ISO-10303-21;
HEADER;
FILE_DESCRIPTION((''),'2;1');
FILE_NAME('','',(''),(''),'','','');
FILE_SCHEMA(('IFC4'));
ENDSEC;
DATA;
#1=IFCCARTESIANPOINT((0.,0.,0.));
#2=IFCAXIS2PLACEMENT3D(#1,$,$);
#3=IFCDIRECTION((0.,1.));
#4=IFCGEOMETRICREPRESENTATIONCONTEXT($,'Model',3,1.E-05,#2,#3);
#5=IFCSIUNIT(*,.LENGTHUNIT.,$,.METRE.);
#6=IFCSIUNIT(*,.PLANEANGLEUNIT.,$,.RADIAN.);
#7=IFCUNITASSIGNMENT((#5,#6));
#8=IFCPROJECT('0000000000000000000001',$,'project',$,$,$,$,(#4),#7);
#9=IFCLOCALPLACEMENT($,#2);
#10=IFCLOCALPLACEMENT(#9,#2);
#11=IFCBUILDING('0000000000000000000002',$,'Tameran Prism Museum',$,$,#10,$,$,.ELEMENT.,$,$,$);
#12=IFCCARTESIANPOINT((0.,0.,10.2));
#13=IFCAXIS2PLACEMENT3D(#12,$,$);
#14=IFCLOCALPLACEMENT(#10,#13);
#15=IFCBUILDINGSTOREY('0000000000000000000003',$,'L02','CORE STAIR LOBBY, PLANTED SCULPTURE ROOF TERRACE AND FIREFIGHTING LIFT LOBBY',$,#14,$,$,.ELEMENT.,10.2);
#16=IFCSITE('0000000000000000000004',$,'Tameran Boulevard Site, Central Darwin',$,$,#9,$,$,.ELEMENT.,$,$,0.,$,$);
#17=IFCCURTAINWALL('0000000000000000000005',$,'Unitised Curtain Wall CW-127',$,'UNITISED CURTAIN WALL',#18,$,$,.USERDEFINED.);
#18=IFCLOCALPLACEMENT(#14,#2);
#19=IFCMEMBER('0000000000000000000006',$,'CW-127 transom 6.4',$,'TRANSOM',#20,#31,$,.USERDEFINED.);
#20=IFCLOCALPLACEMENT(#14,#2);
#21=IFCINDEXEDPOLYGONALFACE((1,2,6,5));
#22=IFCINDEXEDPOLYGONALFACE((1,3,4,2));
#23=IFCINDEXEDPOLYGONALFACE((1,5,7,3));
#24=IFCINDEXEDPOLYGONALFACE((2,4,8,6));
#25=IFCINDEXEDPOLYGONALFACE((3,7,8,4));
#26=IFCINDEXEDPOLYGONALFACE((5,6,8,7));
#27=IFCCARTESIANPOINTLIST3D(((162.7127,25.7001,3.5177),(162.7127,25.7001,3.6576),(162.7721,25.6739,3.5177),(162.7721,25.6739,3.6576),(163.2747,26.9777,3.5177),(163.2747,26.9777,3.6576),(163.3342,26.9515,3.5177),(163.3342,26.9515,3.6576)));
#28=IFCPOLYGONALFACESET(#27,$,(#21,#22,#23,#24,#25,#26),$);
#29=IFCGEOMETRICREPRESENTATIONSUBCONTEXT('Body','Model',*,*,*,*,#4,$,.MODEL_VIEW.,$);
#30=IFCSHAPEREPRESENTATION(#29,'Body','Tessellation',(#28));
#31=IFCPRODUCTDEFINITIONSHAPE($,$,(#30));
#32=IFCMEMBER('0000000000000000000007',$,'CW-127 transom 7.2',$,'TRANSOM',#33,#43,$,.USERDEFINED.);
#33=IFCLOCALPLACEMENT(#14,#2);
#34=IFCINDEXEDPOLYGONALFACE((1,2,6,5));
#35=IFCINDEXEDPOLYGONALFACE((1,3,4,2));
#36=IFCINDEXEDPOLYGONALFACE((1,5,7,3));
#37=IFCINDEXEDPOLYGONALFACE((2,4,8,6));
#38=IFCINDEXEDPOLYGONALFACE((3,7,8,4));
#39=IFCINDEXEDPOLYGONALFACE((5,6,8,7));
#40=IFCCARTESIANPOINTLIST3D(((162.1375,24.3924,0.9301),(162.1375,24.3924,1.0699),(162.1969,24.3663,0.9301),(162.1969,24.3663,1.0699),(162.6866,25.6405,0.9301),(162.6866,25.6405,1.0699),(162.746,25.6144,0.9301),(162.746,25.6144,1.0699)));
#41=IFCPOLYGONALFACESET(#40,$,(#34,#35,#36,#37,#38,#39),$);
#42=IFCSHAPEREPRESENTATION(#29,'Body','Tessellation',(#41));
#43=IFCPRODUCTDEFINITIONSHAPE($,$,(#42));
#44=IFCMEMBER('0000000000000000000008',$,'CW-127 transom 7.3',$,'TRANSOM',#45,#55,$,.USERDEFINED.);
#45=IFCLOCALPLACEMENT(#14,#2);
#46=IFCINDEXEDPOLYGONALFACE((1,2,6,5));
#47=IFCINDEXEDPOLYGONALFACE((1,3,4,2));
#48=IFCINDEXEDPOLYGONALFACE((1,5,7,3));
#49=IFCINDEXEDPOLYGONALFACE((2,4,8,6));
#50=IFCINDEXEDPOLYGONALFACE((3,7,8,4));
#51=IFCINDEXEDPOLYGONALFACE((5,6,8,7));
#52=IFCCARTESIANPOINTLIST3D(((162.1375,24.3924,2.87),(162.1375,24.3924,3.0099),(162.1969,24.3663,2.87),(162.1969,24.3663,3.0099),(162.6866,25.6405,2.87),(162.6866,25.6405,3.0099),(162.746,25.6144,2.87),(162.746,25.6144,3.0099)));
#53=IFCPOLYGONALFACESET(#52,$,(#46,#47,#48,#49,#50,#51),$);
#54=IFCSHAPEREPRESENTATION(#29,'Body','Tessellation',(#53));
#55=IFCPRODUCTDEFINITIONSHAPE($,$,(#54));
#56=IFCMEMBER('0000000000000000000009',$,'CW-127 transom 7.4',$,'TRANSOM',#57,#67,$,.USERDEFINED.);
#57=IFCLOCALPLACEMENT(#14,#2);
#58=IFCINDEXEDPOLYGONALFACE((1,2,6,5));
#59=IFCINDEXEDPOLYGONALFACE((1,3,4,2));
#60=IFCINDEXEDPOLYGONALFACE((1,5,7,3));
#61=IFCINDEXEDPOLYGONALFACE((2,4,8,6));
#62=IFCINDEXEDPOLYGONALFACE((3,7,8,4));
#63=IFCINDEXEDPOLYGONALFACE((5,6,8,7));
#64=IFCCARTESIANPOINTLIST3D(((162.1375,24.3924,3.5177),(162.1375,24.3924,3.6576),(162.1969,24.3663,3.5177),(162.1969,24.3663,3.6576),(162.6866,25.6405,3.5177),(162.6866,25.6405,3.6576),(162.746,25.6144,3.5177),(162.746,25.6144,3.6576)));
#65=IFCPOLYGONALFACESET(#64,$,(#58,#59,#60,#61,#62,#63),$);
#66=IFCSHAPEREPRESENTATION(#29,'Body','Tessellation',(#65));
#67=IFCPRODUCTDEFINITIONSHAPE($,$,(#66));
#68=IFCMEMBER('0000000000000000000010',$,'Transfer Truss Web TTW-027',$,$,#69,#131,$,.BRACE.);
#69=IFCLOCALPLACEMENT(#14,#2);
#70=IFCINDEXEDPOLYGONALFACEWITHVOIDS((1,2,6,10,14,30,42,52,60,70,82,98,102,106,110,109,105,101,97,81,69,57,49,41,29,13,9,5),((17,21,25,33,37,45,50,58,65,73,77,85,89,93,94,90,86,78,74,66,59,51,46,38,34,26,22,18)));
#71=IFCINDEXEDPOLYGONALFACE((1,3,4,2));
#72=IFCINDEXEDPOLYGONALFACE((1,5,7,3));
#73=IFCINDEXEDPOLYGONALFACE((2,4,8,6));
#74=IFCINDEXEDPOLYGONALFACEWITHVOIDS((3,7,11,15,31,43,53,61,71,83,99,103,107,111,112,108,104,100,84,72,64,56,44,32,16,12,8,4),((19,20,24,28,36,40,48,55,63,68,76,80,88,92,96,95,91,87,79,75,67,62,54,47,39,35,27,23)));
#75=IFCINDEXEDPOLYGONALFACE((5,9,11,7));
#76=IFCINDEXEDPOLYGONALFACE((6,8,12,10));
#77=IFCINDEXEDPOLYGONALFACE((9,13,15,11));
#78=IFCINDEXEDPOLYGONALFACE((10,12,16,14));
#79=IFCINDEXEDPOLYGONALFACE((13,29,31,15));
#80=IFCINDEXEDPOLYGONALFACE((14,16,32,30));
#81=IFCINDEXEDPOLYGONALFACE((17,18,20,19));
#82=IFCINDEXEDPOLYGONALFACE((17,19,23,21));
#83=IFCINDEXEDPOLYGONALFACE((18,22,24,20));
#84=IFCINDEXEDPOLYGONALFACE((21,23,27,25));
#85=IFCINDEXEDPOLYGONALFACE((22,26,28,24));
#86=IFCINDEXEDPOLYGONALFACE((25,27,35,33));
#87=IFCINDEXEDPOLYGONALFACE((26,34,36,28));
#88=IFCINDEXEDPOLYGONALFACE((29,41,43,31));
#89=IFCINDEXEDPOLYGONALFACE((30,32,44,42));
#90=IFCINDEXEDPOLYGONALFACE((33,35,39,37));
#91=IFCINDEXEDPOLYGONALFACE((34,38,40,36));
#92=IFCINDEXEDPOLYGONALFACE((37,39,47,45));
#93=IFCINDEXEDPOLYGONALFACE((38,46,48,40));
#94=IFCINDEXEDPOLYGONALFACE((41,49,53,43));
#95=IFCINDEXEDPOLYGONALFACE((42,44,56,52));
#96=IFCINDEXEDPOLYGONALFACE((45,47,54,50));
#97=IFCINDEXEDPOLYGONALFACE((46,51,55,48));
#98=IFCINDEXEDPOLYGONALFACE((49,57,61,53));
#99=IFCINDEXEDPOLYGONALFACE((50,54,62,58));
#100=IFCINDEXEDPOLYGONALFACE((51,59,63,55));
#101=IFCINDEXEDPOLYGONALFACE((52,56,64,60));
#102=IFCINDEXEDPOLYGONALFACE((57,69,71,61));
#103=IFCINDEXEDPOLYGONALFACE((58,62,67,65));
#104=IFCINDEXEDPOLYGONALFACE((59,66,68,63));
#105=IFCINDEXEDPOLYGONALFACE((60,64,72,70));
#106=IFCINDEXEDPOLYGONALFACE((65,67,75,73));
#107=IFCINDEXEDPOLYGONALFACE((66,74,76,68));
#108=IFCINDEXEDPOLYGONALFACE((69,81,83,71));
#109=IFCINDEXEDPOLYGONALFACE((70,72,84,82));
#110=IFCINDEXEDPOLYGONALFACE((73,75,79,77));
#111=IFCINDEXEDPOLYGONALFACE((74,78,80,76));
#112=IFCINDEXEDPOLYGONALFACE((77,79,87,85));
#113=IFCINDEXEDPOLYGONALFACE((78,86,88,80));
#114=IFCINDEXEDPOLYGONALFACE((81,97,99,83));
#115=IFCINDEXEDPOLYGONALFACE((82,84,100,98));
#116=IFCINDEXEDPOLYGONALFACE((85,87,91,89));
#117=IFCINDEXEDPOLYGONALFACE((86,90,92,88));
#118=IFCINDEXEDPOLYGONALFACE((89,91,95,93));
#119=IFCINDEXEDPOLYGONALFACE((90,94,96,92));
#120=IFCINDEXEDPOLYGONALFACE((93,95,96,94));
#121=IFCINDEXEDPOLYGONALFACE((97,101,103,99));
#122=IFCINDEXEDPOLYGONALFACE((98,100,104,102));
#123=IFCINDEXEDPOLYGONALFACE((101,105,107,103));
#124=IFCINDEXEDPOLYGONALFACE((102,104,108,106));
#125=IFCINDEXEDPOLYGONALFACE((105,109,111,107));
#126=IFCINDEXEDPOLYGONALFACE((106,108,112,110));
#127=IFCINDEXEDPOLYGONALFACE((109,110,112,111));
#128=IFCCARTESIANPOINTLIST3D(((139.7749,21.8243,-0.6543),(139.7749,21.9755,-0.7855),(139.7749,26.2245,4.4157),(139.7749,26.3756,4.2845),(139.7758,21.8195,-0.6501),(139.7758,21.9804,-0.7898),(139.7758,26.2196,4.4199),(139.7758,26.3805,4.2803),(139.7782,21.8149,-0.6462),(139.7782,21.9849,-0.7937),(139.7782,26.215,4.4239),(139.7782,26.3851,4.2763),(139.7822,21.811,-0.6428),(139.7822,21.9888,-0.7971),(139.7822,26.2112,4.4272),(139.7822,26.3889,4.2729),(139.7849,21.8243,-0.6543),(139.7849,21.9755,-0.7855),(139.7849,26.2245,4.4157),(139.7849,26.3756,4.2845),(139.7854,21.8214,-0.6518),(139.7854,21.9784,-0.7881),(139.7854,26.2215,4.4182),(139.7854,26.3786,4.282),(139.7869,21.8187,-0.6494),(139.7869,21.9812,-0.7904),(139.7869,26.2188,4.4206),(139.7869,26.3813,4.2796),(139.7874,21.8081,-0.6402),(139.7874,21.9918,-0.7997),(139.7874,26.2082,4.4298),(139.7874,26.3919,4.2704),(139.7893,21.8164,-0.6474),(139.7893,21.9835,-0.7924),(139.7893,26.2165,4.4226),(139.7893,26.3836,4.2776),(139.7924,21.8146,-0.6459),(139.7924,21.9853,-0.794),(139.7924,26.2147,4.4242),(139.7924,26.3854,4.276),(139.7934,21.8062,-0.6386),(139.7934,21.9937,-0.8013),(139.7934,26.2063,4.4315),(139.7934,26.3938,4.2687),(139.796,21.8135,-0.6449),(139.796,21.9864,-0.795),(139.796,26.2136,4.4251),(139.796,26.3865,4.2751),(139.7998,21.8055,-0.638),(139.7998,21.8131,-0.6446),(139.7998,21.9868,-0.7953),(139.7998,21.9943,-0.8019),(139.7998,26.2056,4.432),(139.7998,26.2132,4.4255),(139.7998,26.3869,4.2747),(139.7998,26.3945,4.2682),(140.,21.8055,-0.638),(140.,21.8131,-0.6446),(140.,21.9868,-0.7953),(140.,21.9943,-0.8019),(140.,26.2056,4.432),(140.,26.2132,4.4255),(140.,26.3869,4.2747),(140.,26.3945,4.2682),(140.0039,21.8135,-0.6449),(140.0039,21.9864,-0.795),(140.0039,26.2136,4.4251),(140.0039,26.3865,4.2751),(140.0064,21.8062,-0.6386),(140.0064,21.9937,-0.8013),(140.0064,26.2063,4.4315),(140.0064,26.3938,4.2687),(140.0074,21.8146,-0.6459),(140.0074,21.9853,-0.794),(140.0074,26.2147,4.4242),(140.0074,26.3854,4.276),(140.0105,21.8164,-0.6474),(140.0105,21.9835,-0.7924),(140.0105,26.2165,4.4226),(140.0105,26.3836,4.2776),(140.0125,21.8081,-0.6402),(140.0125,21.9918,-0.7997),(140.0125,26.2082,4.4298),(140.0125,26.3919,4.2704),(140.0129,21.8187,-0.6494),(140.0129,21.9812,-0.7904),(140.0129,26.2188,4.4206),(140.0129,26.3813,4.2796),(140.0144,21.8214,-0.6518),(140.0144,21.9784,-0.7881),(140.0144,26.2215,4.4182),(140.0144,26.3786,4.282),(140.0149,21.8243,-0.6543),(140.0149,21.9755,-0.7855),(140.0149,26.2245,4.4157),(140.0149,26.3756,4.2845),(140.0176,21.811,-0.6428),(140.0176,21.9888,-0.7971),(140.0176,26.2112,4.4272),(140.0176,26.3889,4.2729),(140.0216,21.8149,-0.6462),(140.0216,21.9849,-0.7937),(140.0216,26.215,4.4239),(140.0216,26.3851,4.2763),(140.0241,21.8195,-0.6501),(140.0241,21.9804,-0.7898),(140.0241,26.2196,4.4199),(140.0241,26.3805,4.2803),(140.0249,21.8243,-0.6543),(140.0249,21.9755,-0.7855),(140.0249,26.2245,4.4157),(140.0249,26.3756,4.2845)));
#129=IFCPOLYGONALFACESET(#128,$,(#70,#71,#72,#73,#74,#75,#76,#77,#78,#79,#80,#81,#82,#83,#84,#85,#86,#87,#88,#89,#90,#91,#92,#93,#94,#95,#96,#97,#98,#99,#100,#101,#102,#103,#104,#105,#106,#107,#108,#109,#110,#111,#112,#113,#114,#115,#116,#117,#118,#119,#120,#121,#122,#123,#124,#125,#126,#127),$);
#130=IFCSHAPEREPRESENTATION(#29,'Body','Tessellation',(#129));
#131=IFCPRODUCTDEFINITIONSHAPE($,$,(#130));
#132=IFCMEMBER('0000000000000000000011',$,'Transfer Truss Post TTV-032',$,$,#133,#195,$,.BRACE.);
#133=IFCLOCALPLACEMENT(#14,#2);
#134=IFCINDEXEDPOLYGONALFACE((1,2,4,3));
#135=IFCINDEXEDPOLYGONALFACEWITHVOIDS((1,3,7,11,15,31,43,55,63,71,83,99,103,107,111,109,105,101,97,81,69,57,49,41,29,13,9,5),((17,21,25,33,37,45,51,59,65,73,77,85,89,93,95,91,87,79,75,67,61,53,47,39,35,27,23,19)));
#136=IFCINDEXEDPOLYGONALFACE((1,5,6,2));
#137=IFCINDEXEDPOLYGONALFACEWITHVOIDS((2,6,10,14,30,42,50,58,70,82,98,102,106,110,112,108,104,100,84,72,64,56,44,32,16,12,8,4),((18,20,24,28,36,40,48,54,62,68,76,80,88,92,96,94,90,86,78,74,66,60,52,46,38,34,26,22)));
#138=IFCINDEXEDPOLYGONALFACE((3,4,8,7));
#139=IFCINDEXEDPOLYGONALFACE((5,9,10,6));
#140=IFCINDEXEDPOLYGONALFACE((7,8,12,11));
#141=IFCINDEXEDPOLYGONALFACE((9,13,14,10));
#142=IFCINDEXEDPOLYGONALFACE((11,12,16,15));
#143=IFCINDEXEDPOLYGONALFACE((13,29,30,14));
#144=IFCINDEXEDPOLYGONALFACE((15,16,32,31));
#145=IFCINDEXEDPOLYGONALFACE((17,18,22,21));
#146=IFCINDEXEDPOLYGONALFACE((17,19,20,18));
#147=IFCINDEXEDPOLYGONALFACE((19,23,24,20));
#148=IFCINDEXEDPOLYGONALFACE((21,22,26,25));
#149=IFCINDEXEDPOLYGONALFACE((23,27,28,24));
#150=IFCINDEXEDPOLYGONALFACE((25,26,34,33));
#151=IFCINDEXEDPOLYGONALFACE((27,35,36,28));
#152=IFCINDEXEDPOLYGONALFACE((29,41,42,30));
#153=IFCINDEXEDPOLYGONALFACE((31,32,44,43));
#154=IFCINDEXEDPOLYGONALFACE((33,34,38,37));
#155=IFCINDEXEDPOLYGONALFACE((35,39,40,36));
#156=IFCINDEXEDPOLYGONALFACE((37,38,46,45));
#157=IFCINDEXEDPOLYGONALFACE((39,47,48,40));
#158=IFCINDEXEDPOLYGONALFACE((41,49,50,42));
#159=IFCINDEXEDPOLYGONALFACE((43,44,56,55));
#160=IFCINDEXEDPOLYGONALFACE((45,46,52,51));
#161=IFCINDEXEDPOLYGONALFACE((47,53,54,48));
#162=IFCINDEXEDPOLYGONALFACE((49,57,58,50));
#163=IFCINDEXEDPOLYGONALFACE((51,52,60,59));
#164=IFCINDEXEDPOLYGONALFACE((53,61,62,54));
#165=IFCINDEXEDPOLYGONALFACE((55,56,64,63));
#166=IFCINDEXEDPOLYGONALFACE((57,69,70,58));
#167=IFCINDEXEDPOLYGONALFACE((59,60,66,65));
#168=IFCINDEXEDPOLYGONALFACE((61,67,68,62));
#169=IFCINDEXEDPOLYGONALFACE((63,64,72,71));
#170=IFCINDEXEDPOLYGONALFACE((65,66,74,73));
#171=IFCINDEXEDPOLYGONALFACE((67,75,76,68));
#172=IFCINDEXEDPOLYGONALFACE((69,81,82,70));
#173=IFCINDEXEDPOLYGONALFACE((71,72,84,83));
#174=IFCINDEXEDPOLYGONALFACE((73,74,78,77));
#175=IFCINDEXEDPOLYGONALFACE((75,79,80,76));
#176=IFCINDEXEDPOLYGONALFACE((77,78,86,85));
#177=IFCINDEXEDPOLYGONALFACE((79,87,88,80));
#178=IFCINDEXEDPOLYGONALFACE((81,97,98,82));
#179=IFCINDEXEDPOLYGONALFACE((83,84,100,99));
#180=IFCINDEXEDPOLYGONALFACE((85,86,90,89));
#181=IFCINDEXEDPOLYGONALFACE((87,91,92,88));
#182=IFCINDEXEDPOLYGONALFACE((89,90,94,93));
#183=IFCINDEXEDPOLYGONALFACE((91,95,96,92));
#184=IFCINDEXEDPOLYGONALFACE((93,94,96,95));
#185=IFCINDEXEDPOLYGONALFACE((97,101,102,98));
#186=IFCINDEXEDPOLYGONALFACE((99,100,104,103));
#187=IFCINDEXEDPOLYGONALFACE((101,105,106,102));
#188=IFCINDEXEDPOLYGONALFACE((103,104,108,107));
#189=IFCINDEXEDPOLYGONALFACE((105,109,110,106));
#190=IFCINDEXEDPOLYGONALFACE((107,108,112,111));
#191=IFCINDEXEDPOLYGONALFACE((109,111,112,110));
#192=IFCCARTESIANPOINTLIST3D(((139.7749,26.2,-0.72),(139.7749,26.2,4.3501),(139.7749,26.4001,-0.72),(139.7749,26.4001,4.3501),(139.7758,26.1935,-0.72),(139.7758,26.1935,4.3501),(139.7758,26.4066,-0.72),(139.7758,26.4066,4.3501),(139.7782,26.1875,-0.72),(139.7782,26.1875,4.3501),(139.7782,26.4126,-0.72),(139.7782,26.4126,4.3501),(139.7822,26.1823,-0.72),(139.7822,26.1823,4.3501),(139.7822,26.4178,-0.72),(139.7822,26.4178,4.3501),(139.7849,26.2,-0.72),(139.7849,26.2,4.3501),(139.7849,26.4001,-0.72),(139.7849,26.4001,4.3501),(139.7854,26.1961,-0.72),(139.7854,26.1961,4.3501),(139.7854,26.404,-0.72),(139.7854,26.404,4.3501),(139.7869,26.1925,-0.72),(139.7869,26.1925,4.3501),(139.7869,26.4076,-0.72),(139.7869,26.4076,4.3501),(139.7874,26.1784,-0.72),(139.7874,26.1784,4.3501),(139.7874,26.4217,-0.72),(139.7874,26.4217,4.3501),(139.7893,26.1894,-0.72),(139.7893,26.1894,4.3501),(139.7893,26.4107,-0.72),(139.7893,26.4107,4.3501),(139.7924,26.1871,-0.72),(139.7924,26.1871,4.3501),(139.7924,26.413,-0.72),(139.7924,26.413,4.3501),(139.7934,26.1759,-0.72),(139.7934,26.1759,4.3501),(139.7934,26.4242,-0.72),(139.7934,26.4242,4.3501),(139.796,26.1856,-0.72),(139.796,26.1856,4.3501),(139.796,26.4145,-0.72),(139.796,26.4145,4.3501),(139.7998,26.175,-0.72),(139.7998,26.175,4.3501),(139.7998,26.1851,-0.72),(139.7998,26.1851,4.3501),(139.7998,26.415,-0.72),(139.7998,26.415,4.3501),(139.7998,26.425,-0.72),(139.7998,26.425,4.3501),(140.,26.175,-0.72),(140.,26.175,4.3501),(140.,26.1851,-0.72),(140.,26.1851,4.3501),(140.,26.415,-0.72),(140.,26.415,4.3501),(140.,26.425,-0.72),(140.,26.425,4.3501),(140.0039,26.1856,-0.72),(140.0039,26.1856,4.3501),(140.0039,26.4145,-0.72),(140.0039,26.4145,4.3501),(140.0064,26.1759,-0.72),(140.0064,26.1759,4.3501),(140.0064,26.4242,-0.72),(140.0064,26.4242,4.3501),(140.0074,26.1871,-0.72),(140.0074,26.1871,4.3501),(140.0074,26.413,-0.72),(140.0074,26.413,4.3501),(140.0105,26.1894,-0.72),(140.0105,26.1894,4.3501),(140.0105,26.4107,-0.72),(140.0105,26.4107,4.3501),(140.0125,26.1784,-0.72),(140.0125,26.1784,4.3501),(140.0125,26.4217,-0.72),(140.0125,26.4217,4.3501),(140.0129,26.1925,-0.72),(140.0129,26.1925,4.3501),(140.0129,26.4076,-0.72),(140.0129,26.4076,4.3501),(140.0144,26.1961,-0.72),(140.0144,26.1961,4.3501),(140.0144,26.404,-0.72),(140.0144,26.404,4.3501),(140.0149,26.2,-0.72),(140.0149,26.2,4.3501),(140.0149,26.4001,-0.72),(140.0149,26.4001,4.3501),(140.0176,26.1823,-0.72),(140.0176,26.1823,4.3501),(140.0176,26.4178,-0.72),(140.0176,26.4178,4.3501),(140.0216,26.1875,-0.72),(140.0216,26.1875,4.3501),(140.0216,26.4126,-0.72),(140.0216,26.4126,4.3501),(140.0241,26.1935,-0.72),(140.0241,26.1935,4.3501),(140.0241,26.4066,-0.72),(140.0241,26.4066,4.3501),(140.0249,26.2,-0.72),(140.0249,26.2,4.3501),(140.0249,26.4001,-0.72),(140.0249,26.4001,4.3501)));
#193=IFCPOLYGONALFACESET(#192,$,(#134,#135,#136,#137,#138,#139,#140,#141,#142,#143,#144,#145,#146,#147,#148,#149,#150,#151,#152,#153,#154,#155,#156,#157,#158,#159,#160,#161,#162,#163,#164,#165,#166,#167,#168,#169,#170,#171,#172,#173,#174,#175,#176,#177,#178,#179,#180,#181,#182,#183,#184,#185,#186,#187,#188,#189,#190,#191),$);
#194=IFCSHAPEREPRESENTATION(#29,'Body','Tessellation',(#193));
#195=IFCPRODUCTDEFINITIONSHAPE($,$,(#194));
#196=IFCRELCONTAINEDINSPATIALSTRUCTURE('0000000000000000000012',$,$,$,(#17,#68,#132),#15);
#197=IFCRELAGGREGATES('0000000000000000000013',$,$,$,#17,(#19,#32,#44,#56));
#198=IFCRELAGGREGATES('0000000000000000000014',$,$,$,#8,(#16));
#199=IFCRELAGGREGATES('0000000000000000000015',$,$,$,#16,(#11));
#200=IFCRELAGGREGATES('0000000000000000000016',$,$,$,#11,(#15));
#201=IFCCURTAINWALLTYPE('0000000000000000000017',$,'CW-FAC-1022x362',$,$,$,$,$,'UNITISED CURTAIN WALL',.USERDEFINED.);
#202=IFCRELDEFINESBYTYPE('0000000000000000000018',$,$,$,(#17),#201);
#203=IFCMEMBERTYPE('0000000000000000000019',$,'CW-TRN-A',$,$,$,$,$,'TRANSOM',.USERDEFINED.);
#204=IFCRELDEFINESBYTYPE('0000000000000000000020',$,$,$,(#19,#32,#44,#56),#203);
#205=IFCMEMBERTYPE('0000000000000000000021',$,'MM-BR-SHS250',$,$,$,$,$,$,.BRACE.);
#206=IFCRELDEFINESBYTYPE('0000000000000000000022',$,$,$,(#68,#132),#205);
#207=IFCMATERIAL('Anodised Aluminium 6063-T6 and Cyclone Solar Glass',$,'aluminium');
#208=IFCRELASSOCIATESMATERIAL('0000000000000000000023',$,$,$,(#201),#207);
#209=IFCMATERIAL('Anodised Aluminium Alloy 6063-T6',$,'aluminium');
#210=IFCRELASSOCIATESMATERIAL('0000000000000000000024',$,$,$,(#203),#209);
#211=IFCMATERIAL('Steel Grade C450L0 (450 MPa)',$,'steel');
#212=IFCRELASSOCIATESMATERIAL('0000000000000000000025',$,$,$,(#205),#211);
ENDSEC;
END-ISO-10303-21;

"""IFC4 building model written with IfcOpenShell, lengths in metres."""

from ifc_helpers import new_model, si_unit, direction, frame, origin, origin_2d, place, context, subcontext, project, spatial, rectangle, hollow_rectangle, extrude, material, material_profile, profile_set, type_object, element, aggregate, save


model = new_model("IFC4")

# Units and contexts
model_context = context("Model", 3, precision=1e-05, world=origin(), true_north=direction((0.0, 1.0)))
body_context = subcontext(model_context, "Body", "Model", "MODEL_VIEW")
ifc_project = project(units=[si_unit("LENGTHUNIT", "METRE"), si_unit("PLANEANGLEUNIT", "RADIAN")], contexts=[model_context])

# Site, building, storey
site_placement = place(None, origin())
site = spatial("IfcSite", under=ifc_project, at=site_placement, Name="Tameran Boulevard Site, Central Darwin", CompositionType="ELEMENT", RefElevation=0.0)
building_placement = place(site_placement, origin())
building = spatial("IfcBuilding", under=site, at=building_placement, Name="Tameran Prism Museum", CompositionType="ELEMENT")
storey_placement = place(building_placement, frame((0.0, 0.0, 10.2)))
storey = spatial("IfcBuildingStorey", under=building, at=storey_placement, Name="L02", Description="CORE STAIR LOBBY, PLANTED SCULPTURE ROOF TERRACE AND FIREFIGHTING LIFT LOBBY", CompositionType="ELEMENT", Elevation=10.2)

# Curtain wall, members
ifc_material_1 = material(Name="Anodised Aluminium 6063-T6 and Cyclone Solar Glass", Category="aluminium")
curtain_wall_type = type_object("IfcCurtainWallType", Name="CW-FAC-1022x362", ElementType="UNITISED CURTAIN WALL", PredefinedType="USERDEFINED", material=ifc_material_1)
curtain_wall_placement = place(storey_placement, origin())
curtain_wall = element("IfcCurtainWall", 1, at=curtain_wall_placement, inside=storey, type_object=curtain_wall_type, Name="Unitised Curtain Wall CW-127", ObjectType="UNITISED CURTAIN WALL", PredefinedType="USERDEFINED")
ifc_material_2 = material(Name="Anodised Aluminium Alloy 6063-T6", Category="aluminium")
ifc_material_profile_1 = material_profile(ifc_material_2, rectangle(XDim=0.0649, YDim=0.1399, at=origin_2d()))
ifc_profile_set_1 = profile_set([ifc_material_profile_1])
member_type_1 = type_object("IfcMemberType", Name="CW-TRN-A", ElementType="TRANSOM", PredefinedType="USERDEFINED", material=ifc_profile_set_1)
member_1_placement = place(storey_placement, frame((163.3044, 26.9646, 3.5876), z_axis=(-0.402662, -0.915349, 0.0), x_axis=(0.915349, -0.402662, 0.0)))
member_1 = element("IfcMember", 2, at=member_1_placement, type_object=member_type_1, Name="CW-127 transom 6.4", ObjectType="TRANSOM", PredefinedType="USERDEFINED", context=body_context, shape_type="SweptSolid", body=[
    extrude(rectangle(XDim=0.0649, YDim=0.1399, at=origin_2d()), origin(), (0.0, 0.0, 1.0), 1.3958),
])
member_2_placement = place(storey_placement, frame((162.7163, 25.6274, 1.0), z_axis=(-0.402697, -0.915334, 0.0), x_axis=(0.915334, -0.402697, 0.0)))
member_2 = element("IfcMember", 3, at=member_2_placement, type_object=member_type_1, Name="CW-127 transom 7.2", ObjectType="TRANSOM", PredefinedType="USERDEFINED", context=body_context, shape_type="SweptSolid", body=[
    extrude(rectangle(XDim=0.0649, YDim=0.1399, at=origin_2d()), origin(), (0.0, 0.0, 1.0), 1.3635),
])
member_3_placement = place(storey_placement, frame((162.7163, 25.6274, 2.9399), z_axis=(-0.402697, -0.915334, 0.0), x_axis=(0.915334, -0.402697, 0.0)))
member_3 = element("IfcMember", 4, at=member_3_placement, type_object=member_type_1, Name="CW-127 transom 7.3", ObjectType="TRANSOM", PredefinedType="USERDEFINED", context=body_context, shape_type="SweptSolid", body=[
    extrude(rectangle(XDim=0.0649, YDim=0.1399, at=origin_2d()), origin(), (0.0, 0.0, 1.0), 1.3635),
])
member_4_placement = place(storey_placement, frame((162.7163, 25.6274, 3.5876), z_axis=(-0.402697, -0.915334, 0.0), x_axis=(0.915334, -0.402697, 0.0)))
member_4 = element("IfcMember", 5, at=member_4_placement, type_object=member_type_1, Name="CW-127 transom 7.4", ObjectType="TRANSOM", PredefinedType="USERDEFINED", context=body_context, shape_type="SweptSolid", body=[
    extrude(rectangle(XDim=0.0649, YDim=0.1399, at=origin_2d()), origin(), (0.0, 0.0, 1.0), 1.3635),
])

# Members
ifc_material_3 = material(Name="Steel Grade C450L0 (450 MPa)", Category="steel")
ifc_material_profile_2 = material_profile(ifc_material_3, hollow_rectangle(XDim=0.25, YDim=0.25, WallThickness=0.01, InnerFilletRadius=0.0149, OuterFilletRadius=0.0249, at=origin_2d()))
ifc_profile_set_2 = profile_set([ifc_material_profile_2])
member_type_2 = type_object("IfcMemberType", Name="MM-BR-SHS250", PredefinedType="BRACE", material=ifc_profile_set_2)
member_5_placement = place(storey_placement, frame((139.8999, 26.3, 4.3501), z_axis=(0.0, -0.655448, -0.75524), x_axis=(1.0, 0.0, 0.0)))
element("IfcMember", 6, at=member_5_placement, inside=storey, type_object=member_type_2, Name="Transfer Truss Web TTW-027", PredefinedType="BRACE", context=body_context, shape_type="SweptSolid", body=[
    extrude(hollow_rectangle(XDim=0.25, YDim=0.25, WallThickness=0.01, InnerFilletRadius=0.0149, OuterFilletRadius=0.0249, at=origin_2d()), origin(), (0.0, 0.0, 1.0), 6.7131),
])
member_6_placement = place(storey_placement, frame((139.8999, 26.3, -0.72), z_axis=(0.0, 0.0, 1.0), x_axis=(1.0, 0.0, 0.0)))
element("IfcMember", 7, at=member_6_placement, inside=storey, type_object=member_type_2, Name="Transfer Truss Post TTV-032", PredefinedType="BRACE", context=body_context, shape_type="SweptSolid", body=[
    extrude(hollow_rectangle(XDim=0.25, YDim=0.25, WallThickness=0.01, InnerFilletRadius=0.0149, OuterFilletRadius=0.0249, at=origin_2d()), origin(), (0.0, 0.0, 1.0), 5.0701),
])

aggregate(curtain_wall, [member_1, member_2, member_3, member_4])

save(model, "model.ifc")
